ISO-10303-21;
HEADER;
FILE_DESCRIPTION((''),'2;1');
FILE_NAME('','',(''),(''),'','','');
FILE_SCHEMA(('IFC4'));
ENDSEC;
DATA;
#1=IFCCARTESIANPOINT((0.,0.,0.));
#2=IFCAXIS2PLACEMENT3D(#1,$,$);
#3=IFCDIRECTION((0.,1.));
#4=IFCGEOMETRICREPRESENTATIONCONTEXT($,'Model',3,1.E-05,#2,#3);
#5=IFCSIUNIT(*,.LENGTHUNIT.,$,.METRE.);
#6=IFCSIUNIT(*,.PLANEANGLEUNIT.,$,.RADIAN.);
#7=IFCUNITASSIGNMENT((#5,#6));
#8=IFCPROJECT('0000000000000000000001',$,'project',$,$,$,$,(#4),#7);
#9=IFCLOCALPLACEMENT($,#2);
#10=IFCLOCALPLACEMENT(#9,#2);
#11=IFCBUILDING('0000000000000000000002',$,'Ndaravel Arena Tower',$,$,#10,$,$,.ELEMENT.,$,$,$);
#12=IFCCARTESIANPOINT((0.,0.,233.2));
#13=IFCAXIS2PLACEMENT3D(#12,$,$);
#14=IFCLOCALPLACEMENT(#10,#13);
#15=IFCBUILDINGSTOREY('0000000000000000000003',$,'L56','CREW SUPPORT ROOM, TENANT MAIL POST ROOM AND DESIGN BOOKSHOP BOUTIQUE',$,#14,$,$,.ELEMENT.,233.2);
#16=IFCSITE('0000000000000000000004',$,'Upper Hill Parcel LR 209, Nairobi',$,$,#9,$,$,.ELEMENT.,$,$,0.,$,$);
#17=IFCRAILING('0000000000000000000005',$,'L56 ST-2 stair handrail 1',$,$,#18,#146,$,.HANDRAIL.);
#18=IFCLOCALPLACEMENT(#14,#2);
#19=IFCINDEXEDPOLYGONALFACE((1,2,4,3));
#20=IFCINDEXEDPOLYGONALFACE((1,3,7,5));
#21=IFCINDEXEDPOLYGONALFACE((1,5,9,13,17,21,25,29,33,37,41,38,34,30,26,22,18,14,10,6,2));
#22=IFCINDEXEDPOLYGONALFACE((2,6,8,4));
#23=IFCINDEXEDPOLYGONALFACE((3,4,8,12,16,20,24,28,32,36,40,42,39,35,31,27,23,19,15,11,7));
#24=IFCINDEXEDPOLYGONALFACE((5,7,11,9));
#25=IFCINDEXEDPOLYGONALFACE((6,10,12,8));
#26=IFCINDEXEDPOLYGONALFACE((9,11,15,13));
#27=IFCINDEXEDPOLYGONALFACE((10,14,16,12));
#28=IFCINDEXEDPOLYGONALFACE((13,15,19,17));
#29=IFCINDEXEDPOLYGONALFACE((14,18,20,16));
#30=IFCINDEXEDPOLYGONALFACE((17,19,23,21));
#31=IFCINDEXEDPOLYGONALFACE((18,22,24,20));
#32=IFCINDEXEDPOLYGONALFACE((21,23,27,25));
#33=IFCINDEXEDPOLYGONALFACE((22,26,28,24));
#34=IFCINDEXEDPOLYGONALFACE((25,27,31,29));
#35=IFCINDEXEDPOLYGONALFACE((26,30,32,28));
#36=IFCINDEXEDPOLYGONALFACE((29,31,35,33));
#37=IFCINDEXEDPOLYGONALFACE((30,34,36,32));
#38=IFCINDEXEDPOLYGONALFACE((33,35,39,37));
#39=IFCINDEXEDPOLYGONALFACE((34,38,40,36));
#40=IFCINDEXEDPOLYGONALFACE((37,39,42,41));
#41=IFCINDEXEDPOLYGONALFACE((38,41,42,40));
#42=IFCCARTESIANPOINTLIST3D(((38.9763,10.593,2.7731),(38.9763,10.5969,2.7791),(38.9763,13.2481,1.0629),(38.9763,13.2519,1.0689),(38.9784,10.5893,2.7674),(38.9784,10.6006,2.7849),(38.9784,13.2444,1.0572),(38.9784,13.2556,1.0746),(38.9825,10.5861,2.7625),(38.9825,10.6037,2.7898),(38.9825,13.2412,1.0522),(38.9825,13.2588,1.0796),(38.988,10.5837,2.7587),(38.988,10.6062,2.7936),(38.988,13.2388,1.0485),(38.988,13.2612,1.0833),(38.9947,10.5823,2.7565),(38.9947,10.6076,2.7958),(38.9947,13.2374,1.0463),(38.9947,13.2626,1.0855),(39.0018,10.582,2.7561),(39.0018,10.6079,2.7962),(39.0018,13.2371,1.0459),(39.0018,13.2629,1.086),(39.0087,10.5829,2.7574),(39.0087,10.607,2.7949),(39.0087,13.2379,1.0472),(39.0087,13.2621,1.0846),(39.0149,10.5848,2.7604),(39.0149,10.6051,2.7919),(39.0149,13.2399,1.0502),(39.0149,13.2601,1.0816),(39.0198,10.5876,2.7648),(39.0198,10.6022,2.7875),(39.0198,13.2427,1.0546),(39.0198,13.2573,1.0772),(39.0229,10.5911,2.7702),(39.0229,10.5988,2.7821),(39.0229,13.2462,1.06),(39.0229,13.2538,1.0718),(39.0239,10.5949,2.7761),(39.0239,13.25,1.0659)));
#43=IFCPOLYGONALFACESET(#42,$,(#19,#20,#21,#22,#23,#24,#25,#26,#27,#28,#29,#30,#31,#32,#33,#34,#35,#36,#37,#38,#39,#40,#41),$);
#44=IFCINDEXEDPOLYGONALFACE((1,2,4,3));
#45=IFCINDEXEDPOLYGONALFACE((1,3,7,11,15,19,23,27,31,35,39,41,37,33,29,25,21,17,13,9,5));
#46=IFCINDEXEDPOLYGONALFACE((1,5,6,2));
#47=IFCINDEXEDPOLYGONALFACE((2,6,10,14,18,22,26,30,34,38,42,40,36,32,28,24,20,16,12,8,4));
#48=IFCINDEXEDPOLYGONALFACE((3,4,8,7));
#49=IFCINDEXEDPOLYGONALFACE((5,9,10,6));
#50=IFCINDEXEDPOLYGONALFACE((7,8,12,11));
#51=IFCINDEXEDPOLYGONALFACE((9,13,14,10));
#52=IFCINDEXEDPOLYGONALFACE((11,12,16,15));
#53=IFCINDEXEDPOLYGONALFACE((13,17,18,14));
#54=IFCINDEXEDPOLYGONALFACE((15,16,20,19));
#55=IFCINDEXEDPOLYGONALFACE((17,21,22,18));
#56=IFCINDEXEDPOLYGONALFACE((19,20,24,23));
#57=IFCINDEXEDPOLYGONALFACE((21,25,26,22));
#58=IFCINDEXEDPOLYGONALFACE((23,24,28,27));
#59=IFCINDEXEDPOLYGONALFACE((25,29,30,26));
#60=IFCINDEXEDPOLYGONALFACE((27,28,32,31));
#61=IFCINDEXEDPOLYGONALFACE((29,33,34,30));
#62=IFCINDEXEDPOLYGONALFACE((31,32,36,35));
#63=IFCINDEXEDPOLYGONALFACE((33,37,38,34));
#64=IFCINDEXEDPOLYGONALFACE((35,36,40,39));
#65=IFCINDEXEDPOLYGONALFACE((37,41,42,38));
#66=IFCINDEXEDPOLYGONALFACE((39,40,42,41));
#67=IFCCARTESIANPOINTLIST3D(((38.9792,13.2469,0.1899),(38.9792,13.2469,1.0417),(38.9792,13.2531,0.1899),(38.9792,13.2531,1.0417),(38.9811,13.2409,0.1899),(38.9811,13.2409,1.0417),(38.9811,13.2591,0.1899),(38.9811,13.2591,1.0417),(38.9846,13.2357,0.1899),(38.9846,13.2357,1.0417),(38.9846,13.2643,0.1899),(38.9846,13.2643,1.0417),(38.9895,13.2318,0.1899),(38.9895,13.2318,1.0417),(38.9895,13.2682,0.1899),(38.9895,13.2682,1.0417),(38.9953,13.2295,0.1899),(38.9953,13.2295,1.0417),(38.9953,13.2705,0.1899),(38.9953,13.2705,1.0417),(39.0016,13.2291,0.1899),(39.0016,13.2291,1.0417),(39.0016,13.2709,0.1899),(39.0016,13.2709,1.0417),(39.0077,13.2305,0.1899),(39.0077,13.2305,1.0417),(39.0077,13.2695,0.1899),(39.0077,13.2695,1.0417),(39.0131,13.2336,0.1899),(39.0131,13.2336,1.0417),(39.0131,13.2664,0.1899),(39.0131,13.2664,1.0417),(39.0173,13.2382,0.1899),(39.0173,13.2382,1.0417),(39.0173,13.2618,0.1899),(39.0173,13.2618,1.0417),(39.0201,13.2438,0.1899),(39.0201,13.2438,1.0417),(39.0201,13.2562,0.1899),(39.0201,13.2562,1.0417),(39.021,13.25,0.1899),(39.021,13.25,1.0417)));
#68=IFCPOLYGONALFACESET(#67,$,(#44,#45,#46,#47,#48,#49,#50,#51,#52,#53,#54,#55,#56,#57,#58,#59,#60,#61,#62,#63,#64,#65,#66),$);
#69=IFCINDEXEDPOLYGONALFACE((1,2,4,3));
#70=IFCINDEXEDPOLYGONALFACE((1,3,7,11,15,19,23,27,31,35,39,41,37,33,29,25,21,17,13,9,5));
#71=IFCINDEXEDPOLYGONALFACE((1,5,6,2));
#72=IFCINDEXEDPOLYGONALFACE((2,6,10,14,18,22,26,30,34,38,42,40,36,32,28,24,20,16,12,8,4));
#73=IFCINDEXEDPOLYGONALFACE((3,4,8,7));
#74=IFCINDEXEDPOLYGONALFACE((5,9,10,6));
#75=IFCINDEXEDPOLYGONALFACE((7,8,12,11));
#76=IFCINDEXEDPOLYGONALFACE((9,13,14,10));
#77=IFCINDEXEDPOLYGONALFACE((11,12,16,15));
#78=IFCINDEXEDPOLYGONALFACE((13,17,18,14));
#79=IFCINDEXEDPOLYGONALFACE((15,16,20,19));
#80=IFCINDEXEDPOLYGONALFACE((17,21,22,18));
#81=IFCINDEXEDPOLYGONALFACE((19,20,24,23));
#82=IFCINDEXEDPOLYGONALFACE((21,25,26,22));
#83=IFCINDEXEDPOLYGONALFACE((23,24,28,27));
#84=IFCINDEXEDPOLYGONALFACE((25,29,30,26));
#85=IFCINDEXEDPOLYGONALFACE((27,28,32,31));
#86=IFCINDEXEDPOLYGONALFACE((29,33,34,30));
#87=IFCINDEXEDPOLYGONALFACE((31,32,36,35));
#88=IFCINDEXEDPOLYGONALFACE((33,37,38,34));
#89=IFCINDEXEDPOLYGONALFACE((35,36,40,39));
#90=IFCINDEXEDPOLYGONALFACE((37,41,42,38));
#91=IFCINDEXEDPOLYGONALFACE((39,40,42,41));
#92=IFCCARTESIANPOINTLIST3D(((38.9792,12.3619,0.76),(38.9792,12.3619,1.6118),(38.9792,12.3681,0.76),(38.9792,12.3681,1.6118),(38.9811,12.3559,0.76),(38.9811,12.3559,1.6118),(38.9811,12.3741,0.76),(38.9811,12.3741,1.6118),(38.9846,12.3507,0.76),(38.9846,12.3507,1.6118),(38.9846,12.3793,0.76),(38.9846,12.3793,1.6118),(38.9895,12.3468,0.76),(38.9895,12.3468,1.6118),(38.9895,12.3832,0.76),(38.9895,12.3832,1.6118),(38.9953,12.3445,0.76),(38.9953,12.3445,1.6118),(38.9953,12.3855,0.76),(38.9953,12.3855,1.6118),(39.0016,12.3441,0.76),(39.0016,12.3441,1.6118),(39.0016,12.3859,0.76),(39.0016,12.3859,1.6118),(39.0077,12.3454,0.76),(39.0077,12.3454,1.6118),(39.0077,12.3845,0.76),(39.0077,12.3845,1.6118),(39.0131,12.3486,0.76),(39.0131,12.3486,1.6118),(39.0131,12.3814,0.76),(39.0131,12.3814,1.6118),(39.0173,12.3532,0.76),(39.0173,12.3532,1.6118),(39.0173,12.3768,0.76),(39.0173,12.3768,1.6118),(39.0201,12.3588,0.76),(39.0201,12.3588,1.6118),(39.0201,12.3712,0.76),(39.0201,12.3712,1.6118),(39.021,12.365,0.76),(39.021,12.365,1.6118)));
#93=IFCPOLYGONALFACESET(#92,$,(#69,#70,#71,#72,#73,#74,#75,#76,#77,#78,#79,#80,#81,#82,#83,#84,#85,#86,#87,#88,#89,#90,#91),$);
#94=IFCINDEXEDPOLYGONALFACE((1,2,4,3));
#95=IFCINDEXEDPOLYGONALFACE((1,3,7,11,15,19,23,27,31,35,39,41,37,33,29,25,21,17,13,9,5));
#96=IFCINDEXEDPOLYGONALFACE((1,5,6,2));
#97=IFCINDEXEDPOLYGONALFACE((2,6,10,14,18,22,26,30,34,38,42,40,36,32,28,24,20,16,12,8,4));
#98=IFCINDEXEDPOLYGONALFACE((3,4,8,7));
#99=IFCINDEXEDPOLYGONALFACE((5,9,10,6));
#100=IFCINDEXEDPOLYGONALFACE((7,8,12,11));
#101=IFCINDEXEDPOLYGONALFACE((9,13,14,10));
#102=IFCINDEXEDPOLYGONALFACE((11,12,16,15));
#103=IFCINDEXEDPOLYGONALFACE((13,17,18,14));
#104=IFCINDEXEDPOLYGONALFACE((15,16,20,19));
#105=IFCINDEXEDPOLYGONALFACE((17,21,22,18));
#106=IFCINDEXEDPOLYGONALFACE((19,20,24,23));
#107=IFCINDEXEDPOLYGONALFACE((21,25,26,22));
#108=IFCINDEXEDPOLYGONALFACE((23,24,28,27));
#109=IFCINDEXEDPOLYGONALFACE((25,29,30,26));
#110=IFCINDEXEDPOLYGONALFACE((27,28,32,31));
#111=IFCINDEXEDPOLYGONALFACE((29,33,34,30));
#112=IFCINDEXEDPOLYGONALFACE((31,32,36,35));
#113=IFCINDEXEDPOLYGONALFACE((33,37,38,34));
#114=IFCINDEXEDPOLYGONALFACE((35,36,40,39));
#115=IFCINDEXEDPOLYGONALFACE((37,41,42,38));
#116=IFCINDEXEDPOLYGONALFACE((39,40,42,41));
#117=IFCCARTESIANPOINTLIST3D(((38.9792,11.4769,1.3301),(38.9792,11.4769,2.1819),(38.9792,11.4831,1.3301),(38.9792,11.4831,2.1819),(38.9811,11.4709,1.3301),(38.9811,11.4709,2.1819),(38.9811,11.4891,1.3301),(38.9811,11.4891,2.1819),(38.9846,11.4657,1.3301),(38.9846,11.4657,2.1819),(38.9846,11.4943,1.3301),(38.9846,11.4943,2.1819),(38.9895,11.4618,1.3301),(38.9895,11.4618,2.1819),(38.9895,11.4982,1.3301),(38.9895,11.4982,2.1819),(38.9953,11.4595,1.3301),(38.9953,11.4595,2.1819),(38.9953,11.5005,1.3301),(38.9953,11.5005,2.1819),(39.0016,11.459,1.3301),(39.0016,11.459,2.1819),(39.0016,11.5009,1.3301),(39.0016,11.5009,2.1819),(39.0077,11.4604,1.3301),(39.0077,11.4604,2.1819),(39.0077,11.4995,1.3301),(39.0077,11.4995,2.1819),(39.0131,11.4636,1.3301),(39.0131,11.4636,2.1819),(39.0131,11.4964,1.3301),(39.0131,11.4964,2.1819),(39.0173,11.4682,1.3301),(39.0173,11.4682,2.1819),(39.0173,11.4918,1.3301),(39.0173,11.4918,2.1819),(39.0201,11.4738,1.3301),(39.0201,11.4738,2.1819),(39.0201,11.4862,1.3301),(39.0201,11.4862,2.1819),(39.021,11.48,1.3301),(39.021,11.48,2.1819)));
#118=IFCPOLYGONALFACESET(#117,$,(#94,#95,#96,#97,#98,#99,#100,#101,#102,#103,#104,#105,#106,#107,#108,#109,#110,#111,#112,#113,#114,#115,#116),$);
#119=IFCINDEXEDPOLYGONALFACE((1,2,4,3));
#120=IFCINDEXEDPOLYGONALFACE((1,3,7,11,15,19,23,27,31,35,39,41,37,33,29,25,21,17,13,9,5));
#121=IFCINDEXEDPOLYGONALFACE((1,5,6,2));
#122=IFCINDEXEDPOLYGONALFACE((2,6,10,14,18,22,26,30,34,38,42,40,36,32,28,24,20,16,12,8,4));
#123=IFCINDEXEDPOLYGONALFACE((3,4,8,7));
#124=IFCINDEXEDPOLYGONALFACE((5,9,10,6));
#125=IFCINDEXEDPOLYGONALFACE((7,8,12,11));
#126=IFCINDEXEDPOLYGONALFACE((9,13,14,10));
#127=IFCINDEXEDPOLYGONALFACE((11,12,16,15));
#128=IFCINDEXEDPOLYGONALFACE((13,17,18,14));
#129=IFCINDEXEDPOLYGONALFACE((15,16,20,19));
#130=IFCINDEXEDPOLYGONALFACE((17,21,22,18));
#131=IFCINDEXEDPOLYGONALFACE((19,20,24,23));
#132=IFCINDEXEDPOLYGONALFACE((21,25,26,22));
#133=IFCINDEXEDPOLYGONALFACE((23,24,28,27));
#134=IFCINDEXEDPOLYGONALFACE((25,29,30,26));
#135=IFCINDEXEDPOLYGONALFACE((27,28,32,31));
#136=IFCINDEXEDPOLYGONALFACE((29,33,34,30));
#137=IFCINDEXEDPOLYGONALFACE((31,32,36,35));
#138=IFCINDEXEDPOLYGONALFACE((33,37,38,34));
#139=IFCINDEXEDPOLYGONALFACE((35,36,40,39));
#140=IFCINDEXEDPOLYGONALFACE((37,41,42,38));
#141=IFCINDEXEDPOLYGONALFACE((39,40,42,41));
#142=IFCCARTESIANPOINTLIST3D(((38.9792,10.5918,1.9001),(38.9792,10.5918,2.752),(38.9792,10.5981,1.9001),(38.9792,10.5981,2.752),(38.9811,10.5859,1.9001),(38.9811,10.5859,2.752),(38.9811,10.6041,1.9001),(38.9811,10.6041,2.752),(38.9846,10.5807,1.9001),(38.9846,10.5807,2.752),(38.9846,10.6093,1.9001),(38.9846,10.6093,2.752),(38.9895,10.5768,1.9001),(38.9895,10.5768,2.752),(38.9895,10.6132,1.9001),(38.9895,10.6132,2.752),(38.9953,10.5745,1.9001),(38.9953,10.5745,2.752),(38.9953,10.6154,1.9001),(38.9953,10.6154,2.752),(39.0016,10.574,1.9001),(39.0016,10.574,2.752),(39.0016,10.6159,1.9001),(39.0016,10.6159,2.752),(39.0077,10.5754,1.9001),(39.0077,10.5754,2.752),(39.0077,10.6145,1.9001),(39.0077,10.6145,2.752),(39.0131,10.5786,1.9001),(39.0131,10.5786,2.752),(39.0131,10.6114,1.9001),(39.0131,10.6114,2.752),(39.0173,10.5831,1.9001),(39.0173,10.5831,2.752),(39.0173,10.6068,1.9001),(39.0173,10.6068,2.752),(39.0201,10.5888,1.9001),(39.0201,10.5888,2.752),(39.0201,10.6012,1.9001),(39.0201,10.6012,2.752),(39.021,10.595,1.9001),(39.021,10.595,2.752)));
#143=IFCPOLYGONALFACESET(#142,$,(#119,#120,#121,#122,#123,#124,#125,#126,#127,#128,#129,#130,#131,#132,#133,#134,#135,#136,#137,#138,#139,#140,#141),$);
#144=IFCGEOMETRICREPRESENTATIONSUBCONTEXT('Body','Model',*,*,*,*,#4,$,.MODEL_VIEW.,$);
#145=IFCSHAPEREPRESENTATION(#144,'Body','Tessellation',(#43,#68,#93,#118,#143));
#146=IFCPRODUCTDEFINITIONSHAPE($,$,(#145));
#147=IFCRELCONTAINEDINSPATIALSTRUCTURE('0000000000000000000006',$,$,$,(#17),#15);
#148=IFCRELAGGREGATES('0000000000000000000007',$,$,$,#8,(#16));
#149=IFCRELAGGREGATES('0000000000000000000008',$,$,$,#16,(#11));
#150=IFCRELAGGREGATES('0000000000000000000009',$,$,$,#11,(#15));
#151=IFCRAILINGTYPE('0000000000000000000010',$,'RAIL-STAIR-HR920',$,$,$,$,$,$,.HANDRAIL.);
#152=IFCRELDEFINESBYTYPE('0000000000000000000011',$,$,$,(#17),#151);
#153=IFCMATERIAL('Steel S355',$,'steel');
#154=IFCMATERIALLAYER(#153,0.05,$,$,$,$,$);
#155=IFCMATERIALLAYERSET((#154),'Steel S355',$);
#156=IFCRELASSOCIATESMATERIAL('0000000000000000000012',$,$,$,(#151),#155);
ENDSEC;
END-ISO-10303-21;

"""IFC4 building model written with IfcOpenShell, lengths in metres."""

from ifc_helpers import new_model, si_unit, direction, frame, origin, origin_2d, place, context, subcontext, project, spatial, circle, extrude, material, layer, layer_set, type_object, element, save


model = new_model("IFC4")

# Units and contexts
model_context = context("Model", 3, precision=1e-05, world=origin(), true_north=direction((0.0, 1.0)))
body_context = subcontext(model_context, "Body", "Model", "MODEL_VIEW")
ifc_project = project(units=[si_unit("LENGTHUNIT", "METRE"), si_unit("PLANEANGLEUNIT", "RADIAN")], contexts=[model_context])

# Site, building, storey
site_placement = place(None, origin())
site = spatial("IfcSite", under=ifc_project, at=site_placement, Name="Upper Hill Parcel LR 209, Nairobi", CompositionType="ELEMENT", RefElevation=0.0)
building_placement = place(site_placement, origin())
building = spatial("IfcBuilding", under=site, at=building_placement, Name="Ndaravel Arena Tower", CompositionType="ELEMENT")
storey_placement = place(building_placement, frame((0.0, 0.0, 233.2)))
storey = spatial("IfcBuildingStorey", under=building, at=storey_placement, Name="L56", Description="CREW SUPPORT ROOM, TENANT MAIL POST ROOM AND DESIGN BOOKSHOP BOUTIQUE", CompositionType="ELEMENT", Elevation=233.2)

# Railing
ifc_material_1 = material(Name="Steel S355", Category="steel")
ifc_layer_1 = layer(ifc_material_1, 0.05)
ifc_layer_set_1 = layer_set([ifc_layer_1], Name="Steel S355")
railing_type_1 = type_object("IfcRailingType", Name="RAIL-STAIR-HR920", PredefinedType="HANDRAIL", material=ifc_layer_set_1)
railing_1_placement = place(storey_placement, frame((39.0, 13.25, 0.1899)))
element("IfcRailing", 1, at=railing_1_placement, inside=storey, type_object=railing_type_1, Name="L56 ST-2 stair handrail 1", PredefinedType="HANDRAIL", context=body_context, shape_type="SweptSolid", body=[
    extrude(circle(Radius=0.0239, at=origin_2d()), frame((0.0, 0.0, 0.876), z_axis=(0.0, -0.840688, 0.541519), x_axis=(1.0, 0.0, 0.0)), (0.0, 0.0, 1.0), 3.1582),
    extrude(circle(Radius=0.021, at=origin_2d()), origin(), (0.0, 0.0, 1.0), 0.8518),
    extrude(circle(Radius=0.021, at=origin_2d()), frame((0.0, -0.885, 0.5701)), (0.0, 0.0, 1.0), 0.8518),
    extrude(circle(Radius=0.021, at=origin_2d()), frame((0.0, -1.77, 1.1401)), (0.0, 0.0, 1.0), 0.8518),
    extrude(circle(Radius=0.021, at=origin_2d()), frame((0.0, -2.655, 1.7102)), (0.0, 0.0, 1.0), 0.8518),
])

save(model, "model.ifc")
